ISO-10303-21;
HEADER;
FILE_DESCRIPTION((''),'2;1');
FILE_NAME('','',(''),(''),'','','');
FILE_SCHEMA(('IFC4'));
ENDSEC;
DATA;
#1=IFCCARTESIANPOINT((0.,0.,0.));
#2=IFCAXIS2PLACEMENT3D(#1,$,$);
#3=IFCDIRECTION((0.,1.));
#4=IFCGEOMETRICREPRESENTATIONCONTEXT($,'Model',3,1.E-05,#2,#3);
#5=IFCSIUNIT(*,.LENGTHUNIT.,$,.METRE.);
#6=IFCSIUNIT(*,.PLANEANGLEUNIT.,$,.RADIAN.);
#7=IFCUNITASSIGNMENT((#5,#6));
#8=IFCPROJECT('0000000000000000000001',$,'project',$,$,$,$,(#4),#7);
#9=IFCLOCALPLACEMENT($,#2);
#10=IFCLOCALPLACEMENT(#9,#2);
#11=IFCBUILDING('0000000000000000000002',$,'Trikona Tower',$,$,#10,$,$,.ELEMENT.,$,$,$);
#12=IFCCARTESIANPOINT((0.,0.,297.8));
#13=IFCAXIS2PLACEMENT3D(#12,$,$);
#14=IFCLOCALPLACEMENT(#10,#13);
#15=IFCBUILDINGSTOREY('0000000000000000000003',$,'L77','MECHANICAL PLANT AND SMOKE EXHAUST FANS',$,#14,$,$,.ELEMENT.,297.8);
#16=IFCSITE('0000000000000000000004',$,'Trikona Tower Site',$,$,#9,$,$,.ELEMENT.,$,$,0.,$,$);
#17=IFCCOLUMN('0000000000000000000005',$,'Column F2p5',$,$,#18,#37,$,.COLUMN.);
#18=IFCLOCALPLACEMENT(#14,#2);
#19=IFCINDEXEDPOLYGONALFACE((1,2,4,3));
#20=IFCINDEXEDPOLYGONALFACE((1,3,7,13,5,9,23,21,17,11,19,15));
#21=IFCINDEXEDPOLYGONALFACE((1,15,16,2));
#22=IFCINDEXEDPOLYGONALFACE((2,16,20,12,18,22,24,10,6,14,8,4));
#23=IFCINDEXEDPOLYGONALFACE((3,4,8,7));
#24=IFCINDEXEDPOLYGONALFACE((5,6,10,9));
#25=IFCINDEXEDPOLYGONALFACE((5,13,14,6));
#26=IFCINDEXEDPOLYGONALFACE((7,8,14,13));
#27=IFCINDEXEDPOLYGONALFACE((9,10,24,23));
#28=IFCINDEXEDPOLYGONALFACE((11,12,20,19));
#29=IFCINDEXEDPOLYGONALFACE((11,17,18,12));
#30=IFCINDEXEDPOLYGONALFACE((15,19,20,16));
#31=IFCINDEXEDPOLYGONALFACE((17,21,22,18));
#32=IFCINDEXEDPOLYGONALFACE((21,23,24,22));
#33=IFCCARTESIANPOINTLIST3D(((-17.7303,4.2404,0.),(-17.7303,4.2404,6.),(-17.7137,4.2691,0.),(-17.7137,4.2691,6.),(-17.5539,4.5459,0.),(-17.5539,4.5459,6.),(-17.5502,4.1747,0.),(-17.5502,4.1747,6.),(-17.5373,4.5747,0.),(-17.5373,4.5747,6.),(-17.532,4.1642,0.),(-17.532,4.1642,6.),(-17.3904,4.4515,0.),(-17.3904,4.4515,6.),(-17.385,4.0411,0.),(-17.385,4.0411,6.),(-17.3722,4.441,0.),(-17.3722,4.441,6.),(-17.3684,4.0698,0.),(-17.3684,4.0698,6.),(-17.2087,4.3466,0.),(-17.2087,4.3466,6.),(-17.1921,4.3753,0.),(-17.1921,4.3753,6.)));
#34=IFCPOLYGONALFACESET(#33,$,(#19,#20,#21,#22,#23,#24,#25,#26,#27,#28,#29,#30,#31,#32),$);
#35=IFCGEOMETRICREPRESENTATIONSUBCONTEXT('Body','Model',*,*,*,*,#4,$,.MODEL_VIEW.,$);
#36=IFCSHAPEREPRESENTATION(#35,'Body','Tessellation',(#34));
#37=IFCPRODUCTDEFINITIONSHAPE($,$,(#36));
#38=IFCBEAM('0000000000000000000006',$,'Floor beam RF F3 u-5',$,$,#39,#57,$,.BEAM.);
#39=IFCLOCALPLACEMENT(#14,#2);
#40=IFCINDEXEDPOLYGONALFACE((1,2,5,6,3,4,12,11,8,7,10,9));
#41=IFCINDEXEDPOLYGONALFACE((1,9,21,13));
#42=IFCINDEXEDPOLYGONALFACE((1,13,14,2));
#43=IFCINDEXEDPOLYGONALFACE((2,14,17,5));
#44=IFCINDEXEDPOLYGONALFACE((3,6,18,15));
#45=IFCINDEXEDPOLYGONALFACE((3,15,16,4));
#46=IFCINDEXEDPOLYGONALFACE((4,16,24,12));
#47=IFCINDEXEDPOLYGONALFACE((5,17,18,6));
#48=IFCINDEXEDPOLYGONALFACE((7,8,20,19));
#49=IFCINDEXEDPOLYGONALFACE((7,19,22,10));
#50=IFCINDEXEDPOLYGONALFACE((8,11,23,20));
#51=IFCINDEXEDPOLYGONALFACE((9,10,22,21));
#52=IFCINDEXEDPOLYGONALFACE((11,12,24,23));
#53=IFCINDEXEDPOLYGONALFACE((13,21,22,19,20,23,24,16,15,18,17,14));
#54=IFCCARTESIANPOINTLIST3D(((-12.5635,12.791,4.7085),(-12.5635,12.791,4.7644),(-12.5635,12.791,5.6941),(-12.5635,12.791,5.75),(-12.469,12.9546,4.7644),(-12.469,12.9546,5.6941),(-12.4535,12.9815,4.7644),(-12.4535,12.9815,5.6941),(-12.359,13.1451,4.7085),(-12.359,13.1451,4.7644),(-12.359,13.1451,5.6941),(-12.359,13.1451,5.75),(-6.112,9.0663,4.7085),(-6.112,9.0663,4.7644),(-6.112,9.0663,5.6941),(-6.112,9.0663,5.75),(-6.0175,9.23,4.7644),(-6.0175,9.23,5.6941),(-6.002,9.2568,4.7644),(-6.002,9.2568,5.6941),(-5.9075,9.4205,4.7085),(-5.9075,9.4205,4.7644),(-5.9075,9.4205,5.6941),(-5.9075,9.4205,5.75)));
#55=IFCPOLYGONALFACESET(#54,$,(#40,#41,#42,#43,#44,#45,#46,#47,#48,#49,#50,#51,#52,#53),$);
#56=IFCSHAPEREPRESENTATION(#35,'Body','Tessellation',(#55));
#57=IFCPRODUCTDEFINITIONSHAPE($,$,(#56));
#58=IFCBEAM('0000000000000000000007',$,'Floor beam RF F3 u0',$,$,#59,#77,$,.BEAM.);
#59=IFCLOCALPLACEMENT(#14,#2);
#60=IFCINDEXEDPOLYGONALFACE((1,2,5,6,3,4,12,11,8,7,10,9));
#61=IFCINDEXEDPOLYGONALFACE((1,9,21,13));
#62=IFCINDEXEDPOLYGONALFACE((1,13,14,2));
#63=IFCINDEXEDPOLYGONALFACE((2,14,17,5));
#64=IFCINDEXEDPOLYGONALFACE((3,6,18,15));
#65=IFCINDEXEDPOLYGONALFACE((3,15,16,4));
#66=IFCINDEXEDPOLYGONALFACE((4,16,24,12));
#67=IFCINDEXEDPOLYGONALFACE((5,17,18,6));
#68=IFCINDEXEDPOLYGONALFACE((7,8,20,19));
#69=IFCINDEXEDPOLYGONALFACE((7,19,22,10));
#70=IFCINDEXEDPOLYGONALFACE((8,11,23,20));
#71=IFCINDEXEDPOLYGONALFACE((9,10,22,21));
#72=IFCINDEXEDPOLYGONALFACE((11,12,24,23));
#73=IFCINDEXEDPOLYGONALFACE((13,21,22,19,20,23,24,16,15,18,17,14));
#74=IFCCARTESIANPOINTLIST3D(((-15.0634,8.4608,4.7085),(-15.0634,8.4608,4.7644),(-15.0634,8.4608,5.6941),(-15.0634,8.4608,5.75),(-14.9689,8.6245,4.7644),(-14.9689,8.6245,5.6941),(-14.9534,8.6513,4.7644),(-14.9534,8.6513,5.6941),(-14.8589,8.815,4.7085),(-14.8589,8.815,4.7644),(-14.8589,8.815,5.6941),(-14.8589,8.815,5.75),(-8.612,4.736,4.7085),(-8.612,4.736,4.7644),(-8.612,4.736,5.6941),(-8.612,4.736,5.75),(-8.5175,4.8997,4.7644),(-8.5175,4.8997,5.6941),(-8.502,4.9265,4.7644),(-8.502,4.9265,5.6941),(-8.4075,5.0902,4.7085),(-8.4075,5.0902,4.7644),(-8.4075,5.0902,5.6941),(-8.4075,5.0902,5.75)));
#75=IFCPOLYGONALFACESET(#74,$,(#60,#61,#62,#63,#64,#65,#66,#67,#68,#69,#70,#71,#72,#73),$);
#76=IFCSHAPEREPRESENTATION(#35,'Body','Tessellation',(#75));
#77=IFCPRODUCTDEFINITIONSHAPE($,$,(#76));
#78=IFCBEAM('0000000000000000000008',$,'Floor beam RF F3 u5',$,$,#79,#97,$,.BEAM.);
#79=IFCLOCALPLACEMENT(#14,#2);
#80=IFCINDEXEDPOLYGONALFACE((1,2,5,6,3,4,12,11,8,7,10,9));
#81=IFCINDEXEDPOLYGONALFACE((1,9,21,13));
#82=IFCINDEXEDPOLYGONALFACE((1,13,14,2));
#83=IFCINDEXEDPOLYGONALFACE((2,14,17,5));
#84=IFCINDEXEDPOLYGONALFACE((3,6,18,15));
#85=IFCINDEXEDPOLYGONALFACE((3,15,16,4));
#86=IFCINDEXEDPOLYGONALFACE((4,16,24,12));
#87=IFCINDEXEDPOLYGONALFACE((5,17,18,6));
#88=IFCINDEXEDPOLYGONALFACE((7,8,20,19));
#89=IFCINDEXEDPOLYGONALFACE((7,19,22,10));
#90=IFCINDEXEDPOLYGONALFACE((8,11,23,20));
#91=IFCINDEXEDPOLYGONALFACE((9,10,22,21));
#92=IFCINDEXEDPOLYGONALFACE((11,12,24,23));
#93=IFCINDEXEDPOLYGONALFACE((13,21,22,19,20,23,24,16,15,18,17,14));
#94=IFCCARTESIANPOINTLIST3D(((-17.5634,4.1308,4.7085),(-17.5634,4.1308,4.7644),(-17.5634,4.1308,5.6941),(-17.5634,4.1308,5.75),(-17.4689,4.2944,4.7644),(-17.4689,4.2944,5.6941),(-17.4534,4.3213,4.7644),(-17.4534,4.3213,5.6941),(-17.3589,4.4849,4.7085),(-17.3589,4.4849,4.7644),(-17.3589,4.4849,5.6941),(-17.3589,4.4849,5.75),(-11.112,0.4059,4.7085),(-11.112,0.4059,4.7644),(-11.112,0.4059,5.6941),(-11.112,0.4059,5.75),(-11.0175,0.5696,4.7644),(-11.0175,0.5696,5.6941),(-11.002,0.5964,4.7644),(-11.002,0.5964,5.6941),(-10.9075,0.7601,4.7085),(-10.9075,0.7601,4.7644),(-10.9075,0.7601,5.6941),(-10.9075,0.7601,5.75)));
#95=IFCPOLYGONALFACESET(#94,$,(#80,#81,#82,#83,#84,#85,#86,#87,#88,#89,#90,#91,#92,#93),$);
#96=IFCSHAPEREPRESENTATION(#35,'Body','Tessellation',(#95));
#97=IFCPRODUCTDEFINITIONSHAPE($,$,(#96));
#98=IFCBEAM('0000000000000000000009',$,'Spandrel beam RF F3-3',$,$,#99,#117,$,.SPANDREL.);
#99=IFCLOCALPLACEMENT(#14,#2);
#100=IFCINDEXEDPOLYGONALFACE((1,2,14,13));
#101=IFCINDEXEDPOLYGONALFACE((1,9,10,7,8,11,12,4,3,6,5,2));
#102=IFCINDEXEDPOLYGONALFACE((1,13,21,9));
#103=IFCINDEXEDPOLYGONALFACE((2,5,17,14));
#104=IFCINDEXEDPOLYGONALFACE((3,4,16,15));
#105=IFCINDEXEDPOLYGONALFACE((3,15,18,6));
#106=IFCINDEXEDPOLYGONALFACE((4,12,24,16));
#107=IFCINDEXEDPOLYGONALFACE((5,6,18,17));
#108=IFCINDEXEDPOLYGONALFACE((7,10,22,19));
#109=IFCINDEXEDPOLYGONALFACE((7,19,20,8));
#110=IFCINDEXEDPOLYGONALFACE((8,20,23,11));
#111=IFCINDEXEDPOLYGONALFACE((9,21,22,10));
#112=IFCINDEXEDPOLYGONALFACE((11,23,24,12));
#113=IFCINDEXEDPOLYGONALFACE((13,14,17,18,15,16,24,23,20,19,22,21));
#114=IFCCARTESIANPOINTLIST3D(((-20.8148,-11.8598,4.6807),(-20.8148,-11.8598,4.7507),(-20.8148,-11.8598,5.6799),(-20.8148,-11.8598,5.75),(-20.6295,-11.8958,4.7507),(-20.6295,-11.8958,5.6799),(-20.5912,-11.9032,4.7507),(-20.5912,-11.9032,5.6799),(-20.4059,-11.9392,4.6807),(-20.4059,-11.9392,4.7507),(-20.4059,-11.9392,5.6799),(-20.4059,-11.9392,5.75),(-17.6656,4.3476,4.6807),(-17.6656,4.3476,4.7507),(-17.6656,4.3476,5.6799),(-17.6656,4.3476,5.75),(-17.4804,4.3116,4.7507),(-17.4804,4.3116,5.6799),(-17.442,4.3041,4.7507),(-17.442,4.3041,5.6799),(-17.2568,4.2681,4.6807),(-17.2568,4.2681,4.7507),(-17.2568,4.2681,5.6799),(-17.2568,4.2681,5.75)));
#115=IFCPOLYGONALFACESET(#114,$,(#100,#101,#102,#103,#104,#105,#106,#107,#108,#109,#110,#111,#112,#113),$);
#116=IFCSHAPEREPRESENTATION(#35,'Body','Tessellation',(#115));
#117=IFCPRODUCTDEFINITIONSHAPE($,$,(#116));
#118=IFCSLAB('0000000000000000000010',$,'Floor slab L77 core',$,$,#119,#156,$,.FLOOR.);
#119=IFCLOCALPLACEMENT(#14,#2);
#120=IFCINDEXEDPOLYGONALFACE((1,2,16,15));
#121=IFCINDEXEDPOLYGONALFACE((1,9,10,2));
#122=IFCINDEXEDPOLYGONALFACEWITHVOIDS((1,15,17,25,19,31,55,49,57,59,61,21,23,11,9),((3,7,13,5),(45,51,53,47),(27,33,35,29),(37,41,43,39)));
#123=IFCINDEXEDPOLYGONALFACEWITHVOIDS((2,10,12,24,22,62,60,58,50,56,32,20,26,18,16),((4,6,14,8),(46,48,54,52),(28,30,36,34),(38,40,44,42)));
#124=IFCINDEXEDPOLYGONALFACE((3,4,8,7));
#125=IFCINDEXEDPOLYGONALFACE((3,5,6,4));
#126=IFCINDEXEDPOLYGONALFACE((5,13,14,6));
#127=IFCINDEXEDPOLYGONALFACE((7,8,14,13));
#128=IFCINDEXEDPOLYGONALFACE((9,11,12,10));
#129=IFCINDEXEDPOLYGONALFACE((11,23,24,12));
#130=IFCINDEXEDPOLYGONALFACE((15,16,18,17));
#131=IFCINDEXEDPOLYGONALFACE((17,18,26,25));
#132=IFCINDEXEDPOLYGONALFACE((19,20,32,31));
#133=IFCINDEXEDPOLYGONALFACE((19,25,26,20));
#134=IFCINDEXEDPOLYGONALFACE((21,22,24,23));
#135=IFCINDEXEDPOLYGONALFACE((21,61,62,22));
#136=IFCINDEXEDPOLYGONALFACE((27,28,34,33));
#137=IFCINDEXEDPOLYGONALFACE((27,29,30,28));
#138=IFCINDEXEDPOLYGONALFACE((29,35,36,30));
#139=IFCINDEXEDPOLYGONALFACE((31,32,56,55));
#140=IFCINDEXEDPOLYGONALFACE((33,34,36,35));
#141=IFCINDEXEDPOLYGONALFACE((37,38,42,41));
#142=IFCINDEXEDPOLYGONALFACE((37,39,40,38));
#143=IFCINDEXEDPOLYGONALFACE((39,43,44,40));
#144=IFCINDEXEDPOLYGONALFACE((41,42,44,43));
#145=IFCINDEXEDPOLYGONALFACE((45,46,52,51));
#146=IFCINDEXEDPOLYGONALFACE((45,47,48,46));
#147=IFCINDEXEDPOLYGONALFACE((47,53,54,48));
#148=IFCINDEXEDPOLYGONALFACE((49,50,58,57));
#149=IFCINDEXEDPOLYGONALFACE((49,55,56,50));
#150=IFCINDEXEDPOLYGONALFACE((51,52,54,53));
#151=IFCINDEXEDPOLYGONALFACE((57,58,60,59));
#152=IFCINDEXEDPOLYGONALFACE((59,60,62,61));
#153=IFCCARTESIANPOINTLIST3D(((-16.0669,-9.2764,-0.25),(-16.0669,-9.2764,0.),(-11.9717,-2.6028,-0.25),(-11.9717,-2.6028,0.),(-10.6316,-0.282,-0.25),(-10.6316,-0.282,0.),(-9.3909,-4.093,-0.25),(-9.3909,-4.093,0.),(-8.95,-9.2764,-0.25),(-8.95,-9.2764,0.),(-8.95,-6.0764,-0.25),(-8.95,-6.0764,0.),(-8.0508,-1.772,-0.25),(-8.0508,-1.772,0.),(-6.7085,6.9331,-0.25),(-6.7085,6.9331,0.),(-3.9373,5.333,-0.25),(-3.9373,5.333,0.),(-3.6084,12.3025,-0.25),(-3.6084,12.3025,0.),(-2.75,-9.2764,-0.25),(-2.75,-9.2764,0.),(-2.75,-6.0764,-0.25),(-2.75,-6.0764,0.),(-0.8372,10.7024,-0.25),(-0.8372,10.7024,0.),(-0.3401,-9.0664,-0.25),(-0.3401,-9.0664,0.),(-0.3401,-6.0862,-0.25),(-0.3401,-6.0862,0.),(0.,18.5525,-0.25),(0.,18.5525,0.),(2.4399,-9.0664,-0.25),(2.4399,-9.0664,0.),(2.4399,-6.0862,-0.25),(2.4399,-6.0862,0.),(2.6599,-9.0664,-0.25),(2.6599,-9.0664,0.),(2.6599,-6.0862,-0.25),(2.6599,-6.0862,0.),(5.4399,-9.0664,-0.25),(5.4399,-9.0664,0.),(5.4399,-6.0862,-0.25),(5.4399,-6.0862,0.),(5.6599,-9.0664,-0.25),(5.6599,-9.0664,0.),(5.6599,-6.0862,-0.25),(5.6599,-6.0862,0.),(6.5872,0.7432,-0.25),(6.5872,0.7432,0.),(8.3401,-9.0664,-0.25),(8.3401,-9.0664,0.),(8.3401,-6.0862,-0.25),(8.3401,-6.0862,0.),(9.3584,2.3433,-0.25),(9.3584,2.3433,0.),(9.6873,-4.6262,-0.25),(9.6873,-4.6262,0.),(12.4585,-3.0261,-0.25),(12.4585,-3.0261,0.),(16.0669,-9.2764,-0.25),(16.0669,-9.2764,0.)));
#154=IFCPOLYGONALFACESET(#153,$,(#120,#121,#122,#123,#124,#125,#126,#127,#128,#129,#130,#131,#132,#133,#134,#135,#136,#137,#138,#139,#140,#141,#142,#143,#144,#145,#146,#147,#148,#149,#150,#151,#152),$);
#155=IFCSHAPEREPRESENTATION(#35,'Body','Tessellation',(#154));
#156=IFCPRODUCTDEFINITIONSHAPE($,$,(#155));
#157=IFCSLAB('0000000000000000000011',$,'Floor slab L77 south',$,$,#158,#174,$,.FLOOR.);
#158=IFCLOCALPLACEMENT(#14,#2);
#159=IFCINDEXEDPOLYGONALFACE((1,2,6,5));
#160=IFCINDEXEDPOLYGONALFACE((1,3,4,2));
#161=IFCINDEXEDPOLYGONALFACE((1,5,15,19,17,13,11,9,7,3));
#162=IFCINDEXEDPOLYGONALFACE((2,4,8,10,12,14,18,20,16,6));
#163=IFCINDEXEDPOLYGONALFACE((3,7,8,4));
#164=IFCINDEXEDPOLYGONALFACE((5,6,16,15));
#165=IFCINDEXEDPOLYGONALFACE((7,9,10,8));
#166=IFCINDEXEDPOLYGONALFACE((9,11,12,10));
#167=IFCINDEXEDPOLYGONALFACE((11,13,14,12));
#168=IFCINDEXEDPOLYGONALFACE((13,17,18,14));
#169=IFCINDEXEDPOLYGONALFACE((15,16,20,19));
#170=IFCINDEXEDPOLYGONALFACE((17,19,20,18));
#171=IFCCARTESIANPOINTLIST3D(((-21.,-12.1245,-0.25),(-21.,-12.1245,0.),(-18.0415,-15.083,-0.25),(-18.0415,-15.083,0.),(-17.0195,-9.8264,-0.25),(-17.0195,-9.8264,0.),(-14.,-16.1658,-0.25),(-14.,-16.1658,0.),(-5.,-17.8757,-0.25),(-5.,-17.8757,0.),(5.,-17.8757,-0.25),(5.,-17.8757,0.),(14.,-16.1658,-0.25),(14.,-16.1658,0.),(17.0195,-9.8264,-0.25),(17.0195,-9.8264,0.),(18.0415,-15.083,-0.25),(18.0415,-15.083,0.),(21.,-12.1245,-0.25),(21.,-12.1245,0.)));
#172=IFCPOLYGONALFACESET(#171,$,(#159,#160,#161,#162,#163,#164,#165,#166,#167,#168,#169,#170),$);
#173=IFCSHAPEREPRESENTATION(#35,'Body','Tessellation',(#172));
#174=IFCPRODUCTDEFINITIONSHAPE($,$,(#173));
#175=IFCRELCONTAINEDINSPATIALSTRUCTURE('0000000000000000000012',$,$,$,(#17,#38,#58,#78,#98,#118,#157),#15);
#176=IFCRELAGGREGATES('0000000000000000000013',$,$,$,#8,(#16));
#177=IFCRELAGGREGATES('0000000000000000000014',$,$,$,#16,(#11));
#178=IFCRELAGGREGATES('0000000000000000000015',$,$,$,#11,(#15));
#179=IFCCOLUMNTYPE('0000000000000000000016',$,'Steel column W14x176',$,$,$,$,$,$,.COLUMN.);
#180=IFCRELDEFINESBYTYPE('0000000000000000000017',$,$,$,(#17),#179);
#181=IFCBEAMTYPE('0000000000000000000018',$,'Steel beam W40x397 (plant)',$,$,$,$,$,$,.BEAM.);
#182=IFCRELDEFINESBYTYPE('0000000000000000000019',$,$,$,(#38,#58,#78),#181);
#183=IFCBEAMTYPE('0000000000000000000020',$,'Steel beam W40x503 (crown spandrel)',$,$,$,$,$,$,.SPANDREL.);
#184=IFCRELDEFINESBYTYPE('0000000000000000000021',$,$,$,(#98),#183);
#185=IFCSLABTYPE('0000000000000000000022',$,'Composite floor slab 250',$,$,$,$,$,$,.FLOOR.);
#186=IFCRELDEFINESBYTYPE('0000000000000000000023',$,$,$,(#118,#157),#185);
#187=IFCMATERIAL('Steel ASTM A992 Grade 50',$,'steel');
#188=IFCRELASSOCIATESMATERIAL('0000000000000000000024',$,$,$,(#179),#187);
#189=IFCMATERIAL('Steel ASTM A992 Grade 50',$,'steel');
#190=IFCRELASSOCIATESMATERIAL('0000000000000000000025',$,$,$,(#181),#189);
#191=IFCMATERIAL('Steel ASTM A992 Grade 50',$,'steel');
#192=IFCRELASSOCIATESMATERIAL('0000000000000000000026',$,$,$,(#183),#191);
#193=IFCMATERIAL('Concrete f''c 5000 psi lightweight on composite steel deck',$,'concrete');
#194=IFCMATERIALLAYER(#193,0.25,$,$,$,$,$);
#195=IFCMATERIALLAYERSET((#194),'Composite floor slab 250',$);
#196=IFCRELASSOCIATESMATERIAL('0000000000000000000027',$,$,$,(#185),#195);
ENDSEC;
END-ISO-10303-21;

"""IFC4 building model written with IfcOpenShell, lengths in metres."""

from ifc_helpers import new_model, si_unit, direction, frame, origin, origin_2d, place, context, subcontext, project, spatial, polyline, i_section, outline, extrude, material, layer, layer_set, material_profile, profile_set, type_object, element, save


model = new_model("IFC4")

# Units and contexts
model_context = context("Model", 3, precision=1e-05, world=origin(), true_north=direction((0.0, 1.0)))
body_context = subcontext(model_context, "Body", "Model", "MODEL_VIEW")
ifc_project = project(units=[si_unit("LENGTHUNIT", "METRE"), si_unit("PLANEANGLEUNIT", "RADIAN")], contexts=[model_context])

# Site, building, storey
site_placement = place(None, origin())
site = spatial("IfcSite", under=ifc_project, at=site_placement, Name="Trikona Tower Site", CompositionType="ELEMENT", RefElevation=0.0)
building_placement = place(site_placement, origin())
building = spatial("IfcBuilding", under=site, at=building_placement, Name="Trikona Tower", CompositionType="ELEMENT")
storey_placement = place(building_placement, frame((0.0, 0.0, 297.8)))
storey = spatial("IfcBuildingStorey", under=building, at=storey_placement, Name="L77", Description="MECHANICAL PLANT AND SMOKE EXHAUST FANS", CompositionType="ELEMENT", Elevation=297.8)

# Column
ifc_material_1 = material(Name="Steel ASTM A992 Grade 50", Category="steel")
ifc_material_profile_1 = material_profile(ifc_material_1, i_section(OverallWidth=0.3987, OverallDepth=0.386, WebThickness=0.021, FlangeThickness=0.0332, at=origin_2d()), Name="W14X176")
ifc_profile_set_1 = profile_set([ifc_material_profile_1], Name="Steel ASTM A992 Grade 50")
column_type = type_object("IfcColumnType", Name="Steel column W14x176", PredefinedType="COLUMN", material=ifc_profile_set_1)
column_placement = place(storey_placement, frame((-17.4612, 4.3079, 0.0), z_axis=(0.0, 0.0, 1.0), x_axis=(-0.866025, 0.5, 0.0)))
element("IfcColumn", 1, at=column_placement, inside=storey, type_object=column_type, Name="Column F2p5", PredefinedType="COLUMN", context=body_context, shape_type="SweptSolid", body=[
    extrude(i_section(OverallWidth=0.3987, OverallDepth=0.386, WebThickness=0.021, FlangeThickness=0.0332, at=origin_2d()), origin(), (0.0, 0.0, 1.0), 6.0),
])

# Beams
ifc_material_2 = material(Name="Steel ASTM A992 Grade 50", Category="steel")
ifc_material_profile_2 = material_profile(ifc_material_2, i_section(OverallWidth=0.4089, OverallDepth=1.0415, WebThickness=0.031, FlangeThickness=0.0559, at=origin_2d()), Name="W40X397")
ifc_profile_set_2 = profile_set([ifc_material_profile_2], Name="Steel ASTM A992 Grade 50")
beam_type_1 = type_object("IfcBeamType", Name="Steel beam W40x397 (plant)", PredefinedType="BEAM", material=ifc_profile_set_2)
for number, where, z_axis, x_axis, name in (
    (2, (-6.0098, 9.2434, 5.2292), (-0.866032, 0.499988, 0.0), (-0.499988, -0.866032, 0.0), "Floor beam RF F3 u-5"),
    (3, (-8.5098, 4.9131, 5.2292), (-0.866018, 0.500013, 0.0), (-0.500013, -0.866018, 0.0), "Floor beam RF F3 u0"),
    (4, (-11.0098, 0.583, 5.2292), (-0.866018, 0.500013, 0.0), (-0.500013, -0.866018, 0.0), "Floor beam RF F3 u5"),
):
    element("IfcBeam", number, at=place(storey_placement, frame(where, z_axis=z_axis, x_axis=x_axis)), inside=storey, type_object=beam_type_1, Name=name, PredefinedType="BEAM", context=body_context, shape_type="SweptSolid", body=[
        extrude(i_section(OverallWidth=0.4089, OverallDepth=1.0415, WebThickness=0.031, FlangeThickness=0.0559, at=origin_2d()), origin(), (0.0, 0.0, 1.0), 7.4495),
    ])
ifc_material_3 = material(Name="Steel ASTM A992 Grade 50", Category="steel")
ifc_material_profile_3 = material_profile(ifc_material_3, i_section(OverallWidth=0.4165, OverallDepth=1.0693, WebThickness=0.0391, FlangeThickness=0.0701, at=origin_2d()), Name="W40X503")
ifc_profile_set_3 = profile_set([ifc_material_profile_3], Name="Steel ASTM A992 Grade 50")
beam_type_2 = type_object("IfcBeamType", Name="Steel beam W40x503 (crown spandrel)", PredefinedType="SPANDREL", material=ifc_profile_set_3)
beam_placement = place(storey_placement, frame((-17.4612, 4.3079, 5.2153), z_axis=(-0.190739, -0.981641, 0.0), x_axis=(0.981641, -0.190739, 0.0)))
element("IfcBeam", 5, at=beam_placement, inside=storey, type_object=beam_type_2, Name="Spandrel beam RF F3-3", PredefinedType="SPANDREL", context=body_context, shape_type="SweptSolid", body=[
    extrude(i_section(OverallWidth=0.4165, OverallDepth=1.0693, WebThickness=0.0391, FlangeThickness=0.0701, at=origin_2d()), origin(), (0.0, 0.0, 1.0), 16.5105),
])

# Slabs
ifc_material_4 = material(Name="Concrete f'c 5000 psi lightweight on composite steel deck", Category="concrete")
ifc_layer_1 = layer(ifc_material_4, 0.25)
ifc_layer_set_1 = layer_set([ifc_layer_1], Name="Composite floor slab 250")
slab_type = type_object("IfcSlabType", Name="Composite floor slab 250", PredefinedType="FLOOR", material=ifc_layer_set_1)
slab_1_placement = place(storey_placement, frame((0.0, 0.0, -0.25)))
element("IfcSlab", 6, at=slab_1_placement, inside=storey, type_object=slab_type, Name="Floor slab L77 core", PredefinedType="FLOOR", context=body_context, shape_type="SweptSolid", body=[
    extrude(outline(polyline([(-16.0669, -9.2764), (-8.95, -9.2764), (-8.95, -6.0764), (-2.75, -6.0764), (-2.75, -9.2764), (16.0669, -9.2764), (12.4585, -3.0261), (9.6873, -4.6262), (6.5872, 0.7432), (9.3584, 2.3433), (0.0, 18.5525), (-3.6084, 12.3025), (-0.8372, 10.7024), (-3.9373, 5.333), (-6.7085, 6.9331), (-16.0669, -9.2764)]), holes=[polyline([(5.6599, -9.0664), (8.3401, -9.0664), (8.3401, -6.0862), (5.6599, -6.0862), (5.6599, -9.0664)]), polyline([(5.4399, -9.0664), (5.4399, -6.0862), (2.6599, -6.0862), (2.6599, -9.0664), (5.4399, -9.0664)]), polyline([(2.4399, -6.0862), (-0.3401, -6.0862), (-0.3401, -9.0664), (2.4399, -9.0664), (2.4399, -6.0862)]), polyline([(-11.9717, -2.6028), (-9.3909, -4.093), (-8.0508, -1.772), (-10.6316, -0.282), (-11.9717, -2.6028)])]), origin(), (0.0, 0.0, 1.0), 0.25),
])
slab_2_placement = place(storey_placement, frame((0.0, 0.0, -0.25)))
element("IfcSlab", 7, at=slab_2_placement, inside=storey, type_object=slab_type, Name="Floor slab L77 south", PredefinedType="FLOOR", context=body_context, shape_type="SweptSolid", body=[
    extrude(outline(polyline([(21.0, -12.1245), (17.0195, -9.8264), (-17.0195, -9.8264), (-21.0, -12.1245), (-18.0415, -15.083), (-14.0, -16.1658), (-5.0, -17.8757), (5.0, -17.8757), (14.0, -16.1658), (18.0415, -15.083), (21.0, -12.1245)])), origin(), (0.0, 0.0, 1.0), 0.25),
])

save(model, "model.ifc")
